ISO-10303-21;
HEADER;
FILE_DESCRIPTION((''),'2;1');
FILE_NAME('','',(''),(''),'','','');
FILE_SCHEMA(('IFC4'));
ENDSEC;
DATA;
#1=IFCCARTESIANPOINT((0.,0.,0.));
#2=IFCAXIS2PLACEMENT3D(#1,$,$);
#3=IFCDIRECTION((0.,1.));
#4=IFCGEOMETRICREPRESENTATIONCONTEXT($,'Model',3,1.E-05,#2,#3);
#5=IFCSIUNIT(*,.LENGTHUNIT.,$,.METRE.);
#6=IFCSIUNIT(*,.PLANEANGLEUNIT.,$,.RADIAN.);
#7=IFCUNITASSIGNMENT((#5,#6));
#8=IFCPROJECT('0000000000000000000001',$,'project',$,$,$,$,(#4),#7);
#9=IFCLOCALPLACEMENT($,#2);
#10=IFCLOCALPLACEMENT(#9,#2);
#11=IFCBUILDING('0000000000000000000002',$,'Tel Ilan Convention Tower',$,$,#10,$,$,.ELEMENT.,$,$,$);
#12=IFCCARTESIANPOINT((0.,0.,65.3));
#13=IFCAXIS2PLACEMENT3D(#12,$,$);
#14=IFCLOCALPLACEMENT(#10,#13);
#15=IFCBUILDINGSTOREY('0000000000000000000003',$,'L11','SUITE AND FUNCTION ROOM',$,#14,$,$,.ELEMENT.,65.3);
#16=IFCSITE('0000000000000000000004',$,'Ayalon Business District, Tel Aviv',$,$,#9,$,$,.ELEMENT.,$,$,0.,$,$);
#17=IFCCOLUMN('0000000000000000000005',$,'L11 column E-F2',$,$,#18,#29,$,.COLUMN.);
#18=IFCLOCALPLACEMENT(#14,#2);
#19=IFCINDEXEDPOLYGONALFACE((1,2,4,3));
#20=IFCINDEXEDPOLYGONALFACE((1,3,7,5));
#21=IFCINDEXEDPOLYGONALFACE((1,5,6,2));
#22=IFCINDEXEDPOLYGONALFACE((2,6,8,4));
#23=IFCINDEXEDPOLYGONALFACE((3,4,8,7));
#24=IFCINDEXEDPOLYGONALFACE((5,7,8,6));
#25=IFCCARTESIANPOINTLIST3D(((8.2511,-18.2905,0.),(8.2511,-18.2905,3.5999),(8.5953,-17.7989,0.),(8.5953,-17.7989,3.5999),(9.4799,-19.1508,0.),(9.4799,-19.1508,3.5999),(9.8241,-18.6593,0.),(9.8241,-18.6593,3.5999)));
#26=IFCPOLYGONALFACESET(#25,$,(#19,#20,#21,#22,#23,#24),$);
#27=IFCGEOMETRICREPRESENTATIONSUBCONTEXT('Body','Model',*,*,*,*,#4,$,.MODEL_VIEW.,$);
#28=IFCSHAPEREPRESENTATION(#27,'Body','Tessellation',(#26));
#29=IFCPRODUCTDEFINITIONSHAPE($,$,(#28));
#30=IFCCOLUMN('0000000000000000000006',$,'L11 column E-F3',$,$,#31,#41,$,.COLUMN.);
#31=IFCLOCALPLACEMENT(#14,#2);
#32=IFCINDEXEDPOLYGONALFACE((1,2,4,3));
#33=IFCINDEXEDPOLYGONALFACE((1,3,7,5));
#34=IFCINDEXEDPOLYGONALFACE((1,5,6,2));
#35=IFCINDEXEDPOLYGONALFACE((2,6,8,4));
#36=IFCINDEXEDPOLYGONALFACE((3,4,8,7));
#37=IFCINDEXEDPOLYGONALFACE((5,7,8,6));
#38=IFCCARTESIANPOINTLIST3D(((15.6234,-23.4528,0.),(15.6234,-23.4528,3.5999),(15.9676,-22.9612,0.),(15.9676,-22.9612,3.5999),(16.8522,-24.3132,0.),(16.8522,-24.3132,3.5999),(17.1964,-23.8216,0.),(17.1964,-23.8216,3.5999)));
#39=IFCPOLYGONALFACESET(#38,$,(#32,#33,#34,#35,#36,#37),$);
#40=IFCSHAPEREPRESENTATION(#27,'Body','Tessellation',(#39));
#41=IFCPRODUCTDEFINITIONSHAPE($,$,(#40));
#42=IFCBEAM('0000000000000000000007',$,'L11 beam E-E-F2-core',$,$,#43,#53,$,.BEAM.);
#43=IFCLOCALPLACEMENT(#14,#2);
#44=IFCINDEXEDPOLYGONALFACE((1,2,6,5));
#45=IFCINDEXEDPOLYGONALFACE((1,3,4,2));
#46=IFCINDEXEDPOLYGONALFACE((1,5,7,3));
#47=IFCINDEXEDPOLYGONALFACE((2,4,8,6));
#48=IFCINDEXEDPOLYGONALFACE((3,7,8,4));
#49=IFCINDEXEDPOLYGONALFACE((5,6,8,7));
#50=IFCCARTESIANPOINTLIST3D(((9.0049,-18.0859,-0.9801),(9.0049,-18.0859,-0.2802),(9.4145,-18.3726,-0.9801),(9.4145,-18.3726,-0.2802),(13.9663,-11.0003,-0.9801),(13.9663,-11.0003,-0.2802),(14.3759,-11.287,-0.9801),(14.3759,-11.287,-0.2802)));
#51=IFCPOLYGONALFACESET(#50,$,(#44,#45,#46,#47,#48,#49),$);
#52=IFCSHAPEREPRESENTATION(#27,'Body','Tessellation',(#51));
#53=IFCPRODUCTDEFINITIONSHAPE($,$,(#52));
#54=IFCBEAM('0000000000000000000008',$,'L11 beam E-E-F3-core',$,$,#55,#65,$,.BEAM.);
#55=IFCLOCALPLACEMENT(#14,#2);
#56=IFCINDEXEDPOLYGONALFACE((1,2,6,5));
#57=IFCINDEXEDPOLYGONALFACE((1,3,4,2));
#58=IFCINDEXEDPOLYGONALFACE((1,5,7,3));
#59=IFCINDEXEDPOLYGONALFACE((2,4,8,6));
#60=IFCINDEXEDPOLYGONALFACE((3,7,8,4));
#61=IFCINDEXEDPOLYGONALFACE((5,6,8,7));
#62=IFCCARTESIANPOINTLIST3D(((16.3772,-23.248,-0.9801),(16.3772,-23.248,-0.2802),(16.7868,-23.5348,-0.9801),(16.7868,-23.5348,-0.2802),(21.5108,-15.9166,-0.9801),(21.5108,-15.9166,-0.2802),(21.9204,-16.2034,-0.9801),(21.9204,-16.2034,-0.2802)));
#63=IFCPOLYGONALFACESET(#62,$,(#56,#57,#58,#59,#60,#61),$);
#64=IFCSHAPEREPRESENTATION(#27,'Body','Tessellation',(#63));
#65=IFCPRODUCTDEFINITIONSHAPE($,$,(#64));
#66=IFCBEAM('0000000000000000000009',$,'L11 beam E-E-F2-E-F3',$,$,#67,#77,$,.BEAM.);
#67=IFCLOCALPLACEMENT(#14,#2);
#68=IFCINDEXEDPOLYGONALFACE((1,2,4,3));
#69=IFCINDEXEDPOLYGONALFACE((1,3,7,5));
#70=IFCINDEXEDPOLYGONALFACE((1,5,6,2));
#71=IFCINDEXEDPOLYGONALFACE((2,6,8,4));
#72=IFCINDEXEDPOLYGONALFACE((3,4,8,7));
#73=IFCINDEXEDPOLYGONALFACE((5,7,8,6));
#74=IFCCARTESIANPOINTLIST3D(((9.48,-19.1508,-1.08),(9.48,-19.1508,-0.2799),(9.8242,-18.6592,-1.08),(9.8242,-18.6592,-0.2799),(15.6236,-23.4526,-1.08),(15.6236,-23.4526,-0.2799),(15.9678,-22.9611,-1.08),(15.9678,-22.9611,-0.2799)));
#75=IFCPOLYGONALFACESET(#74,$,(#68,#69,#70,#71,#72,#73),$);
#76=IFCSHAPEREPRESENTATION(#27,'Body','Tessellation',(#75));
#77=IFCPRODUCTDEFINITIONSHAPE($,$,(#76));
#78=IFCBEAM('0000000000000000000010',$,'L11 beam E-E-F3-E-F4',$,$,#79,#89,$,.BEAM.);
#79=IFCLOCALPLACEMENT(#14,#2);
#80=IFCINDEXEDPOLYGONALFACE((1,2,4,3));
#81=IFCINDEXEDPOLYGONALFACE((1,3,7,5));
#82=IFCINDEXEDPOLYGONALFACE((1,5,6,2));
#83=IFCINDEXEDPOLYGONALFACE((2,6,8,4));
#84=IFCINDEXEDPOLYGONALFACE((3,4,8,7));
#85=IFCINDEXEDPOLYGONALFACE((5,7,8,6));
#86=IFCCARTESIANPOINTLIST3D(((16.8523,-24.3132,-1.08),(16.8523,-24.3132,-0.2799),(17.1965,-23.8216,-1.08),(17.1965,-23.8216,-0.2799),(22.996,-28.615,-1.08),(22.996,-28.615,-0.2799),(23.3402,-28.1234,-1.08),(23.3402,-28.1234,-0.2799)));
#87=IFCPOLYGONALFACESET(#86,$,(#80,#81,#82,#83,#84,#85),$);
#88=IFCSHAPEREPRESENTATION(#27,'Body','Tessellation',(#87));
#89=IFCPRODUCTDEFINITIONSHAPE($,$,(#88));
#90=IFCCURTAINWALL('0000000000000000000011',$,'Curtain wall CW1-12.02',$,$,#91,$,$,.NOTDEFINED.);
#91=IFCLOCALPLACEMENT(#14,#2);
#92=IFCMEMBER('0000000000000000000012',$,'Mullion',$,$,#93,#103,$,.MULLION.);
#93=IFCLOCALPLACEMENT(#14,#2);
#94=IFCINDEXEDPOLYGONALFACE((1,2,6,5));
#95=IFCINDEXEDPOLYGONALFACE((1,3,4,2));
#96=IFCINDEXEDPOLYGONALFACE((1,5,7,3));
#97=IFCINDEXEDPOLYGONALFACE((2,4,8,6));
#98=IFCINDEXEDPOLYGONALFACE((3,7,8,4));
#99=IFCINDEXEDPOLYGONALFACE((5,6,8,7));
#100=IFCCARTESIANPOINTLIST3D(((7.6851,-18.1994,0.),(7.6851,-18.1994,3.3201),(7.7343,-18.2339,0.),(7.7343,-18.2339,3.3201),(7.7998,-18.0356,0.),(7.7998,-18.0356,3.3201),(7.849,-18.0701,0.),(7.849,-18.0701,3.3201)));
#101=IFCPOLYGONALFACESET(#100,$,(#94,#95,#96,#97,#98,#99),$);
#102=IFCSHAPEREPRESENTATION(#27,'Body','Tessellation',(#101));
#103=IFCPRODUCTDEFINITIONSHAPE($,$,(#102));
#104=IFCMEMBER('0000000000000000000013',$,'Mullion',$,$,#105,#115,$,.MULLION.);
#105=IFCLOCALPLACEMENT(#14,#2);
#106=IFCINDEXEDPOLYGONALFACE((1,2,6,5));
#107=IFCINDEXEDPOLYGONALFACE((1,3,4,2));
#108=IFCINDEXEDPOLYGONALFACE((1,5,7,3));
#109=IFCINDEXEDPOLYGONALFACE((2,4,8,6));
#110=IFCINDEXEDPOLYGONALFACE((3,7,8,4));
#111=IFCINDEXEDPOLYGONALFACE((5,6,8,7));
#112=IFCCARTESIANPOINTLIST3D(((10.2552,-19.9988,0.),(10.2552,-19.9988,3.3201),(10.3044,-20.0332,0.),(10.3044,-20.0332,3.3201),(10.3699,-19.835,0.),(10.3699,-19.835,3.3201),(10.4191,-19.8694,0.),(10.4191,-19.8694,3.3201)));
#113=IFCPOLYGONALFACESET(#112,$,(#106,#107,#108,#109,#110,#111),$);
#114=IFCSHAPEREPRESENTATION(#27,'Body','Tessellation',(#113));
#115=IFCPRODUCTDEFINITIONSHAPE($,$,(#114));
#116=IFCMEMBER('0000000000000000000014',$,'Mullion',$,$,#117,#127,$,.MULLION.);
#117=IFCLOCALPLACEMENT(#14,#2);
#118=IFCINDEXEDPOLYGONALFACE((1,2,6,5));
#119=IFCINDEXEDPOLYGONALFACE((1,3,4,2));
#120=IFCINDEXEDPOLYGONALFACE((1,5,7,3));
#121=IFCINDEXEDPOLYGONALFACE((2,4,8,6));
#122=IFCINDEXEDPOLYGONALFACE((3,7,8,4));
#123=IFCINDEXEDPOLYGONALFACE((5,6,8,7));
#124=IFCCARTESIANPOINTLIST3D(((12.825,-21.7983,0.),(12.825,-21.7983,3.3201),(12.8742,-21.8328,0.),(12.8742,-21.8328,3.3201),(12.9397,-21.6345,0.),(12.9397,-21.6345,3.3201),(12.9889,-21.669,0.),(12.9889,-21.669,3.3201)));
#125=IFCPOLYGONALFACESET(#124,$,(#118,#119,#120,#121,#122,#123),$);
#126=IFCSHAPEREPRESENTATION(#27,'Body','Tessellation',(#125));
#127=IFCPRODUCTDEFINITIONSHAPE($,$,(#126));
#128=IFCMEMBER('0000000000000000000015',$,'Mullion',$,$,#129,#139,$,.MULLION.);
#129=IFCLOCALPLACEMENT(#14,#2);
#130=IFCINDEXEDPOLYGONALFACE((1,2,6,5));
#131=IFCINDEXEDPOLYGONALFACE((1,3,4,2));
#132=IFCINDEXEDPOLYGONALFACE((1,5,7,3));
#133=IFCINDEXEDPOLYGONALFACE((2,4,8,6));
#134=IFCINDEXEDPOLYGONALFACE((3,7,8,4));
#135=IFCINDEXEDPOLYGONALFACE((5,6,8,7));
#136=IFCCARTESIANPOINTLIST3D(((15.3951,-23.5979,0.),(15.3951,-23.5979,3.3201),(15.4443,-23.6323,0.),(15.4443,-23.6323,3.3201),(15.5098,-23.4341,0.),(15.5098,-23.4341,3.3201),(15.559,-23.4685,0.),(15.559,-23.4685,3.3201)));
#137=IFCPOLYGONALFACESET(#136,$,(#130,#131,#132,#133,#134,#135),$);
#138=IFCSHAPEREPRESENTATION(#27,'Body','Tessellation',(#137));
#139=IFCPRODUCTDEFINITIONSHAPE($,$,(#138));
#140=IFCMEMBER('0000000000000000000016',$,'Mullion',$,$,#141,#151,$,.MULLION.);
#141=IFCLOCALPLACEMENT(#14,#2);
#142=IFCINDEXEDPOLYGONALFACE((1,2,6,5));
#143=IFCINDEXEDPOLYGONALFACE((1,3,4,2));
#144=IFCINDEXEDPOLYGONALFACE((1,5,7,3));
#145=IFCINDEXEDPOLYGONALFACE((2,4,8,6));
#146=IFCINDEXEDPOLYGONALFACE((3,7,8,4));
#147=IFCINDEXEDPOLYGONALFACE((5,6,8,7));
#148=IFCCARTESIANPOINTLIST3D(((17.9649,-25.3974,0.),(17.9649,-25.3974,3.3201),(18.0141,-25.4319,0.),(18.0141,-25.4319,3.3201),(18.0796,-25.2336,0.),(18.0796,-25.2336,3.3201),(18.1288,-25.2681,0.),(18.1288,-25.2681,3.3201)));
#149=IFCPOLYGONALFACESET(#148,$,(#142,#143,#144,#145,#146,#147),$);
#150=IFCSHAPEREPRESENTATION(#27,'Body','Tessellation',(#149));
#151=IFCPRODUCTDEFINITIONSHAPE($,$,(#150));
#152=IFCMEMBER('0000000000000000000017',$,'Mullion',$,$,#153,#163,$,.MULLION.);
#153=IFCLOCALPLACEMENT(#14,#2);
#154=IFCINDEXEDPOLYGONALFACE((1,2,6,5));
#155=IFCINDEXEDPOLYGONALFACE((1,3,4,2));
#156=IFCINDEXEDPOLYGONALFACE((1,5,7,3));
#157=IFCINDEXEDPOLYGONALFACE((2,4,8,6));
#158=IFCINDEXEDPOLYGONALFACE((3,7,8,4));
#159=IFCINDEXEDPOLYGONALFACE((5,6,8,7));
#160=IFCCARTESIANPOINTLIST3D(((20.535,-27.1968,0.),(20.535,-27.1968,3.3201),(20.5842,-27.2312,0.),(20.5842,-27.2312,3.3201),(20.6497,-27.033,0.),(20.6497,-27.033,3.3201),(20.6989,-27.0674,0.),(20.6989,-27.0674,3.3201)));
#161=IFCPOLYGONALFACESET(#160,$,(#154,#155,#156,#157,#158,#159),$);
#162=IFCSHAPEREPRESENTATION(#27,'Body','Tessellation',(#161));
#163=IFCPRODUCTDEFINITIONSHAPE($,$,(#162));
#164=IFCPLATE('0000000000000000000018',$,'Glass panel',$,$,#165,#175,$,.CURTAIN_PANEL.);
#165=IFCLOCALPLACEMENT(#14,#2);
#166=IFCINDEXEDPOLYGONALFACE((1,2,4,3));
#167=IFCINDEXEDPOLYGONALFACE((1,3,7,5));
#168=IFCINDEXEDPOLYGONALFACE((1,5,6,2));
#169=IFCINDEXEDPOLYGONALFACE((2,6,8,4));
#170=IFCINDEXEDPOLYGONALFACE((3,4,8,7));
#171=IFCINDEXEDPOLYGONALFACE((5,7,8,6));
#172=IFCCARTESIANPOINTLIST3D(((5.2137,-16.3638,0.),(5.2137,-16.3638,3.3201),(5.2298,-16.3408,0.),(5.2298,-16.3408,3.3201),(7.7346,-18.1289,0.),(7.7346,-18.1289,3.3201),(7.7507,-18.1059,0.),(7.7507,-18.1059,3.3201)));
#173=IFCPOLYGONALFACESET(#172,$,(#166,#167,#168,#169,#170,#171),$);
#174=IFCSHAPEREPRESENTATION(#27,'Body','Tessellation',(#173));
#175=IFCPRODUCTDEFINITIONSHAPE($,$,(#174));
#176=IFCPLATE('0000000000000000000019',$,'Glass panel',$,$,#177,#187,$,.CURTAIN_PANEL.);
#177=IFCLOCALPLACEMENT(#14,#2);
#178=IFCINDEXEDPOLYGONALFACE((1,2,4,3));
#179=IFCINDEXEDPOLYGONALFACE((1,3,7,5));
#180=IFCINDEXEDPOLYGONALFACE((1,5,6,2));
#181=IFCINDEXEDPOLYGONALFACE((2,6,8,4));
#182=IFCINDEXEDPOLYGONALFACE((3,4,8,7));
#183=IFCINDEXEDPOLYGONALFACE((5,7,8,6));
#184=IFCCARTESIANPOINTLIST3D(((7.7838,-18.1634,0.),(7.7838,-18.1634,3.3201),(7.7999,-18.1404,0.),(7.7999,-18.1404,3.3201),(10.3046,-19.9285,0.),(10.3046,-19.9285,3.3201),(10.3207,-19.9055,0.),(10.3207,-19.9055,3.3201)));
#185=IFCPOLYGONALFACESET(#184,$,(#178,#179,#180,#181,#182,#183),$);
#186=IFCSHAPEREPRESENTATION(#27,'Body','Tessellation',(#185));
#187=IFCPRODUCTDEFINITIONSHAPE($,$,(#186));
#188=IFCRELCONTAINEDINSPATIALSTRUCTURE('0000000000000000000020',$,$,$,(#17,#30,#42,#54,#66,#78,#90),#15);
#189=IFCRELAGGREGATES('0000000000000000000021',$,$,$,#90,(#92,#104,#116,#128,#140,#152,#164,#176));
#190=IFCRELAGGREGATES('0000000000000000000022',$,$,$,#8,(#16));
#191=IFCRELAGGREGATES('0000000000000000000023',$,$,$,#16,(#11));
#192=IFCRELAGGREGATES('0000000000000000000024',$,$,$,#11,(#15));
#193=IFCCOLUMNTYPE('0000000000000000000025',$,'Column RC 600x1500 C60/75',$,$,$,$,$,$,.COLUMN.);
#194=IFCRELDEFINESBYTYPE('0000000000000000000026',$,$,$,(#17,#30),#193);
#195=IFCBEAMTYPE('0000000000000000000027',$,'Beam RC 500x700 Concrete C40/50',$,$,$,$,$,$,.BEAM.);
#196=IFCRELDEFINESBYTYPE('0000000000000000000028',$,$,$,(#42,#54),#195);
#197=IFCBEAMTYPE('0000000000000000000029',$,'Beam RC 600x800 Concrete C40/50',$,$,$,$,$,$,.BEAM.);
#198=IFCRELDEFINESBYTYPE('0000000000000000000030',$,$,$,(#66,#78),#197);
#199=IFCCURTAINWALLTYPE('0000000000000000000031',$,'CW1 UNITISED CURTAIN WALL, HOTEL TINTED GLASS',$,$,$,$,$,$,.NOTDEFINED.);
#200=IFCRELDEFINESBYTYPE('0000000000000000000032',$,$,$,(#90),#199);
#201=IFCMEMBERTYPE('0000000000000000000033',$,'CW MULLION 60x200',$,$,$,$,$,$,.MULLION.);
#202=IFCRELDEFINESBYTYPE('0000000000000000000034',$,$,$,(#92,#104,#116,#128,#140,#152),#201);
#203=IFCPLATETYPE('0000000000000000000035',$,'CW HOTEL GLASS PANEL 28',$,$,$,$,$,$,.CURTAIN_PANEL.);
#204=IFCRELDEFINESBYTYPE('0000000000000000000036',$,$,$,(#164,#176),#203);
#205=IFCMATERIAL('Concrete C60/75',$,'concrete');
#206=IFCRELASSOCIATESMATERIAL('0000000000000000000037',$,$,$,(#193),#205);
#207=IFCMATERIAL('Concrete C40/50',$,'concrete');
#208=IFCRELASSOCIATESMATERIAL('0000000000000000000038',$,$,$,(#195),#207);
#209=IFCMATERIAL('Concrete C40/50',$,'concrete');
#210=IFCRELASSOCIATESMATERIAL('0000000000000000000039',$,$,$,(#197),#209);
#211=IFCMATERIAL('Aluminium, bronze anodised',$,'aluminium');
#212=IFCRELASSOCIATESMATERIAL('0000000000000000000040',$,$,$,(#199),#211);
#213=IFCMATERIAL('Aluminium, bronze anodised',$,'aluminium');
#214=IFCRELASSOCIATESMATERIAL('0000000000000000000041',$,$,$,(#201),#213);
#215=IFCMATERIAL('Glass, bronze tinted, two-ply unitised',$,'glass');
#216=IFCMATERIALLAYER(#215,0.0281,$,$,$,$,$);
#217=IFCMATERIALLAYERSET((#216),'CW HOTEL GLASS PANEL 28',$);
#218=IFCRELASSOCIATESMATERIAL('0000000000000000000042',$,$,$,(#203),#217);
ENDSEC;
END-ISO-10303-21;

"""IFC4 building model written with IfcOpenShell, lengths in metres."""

from ifc_helpers import new_model, si_unit, direction, frame, origin, origin_2d, place, context, subcontext, project, spatial, rectangle, extrude, material, layer, layer_set, material_profile, profile_set, type_object, element, aggregate, save


model = new_model("IFC4")

# Units and contexts
model_context = context("Model", 3, precision=1e-05, world=origin(), true_north=direction((0.0, 1.0)))
body_context = subcontext(model_context, "Body", "Model", "MODEL_VIEW")
ifc_project = project(units=[si_unit("LENGTHUNIT", "METRE"), si_unit("PLANEANGLEUNIT", "RADIAN")], contexts=[model_context])

# Site, building, storey
site_placement = place(None, origin())
site = spatial("IfcSite", under=ifc_project, at=site_placement, Name="Ayalon Business District, Tel Aviv", CompositionType="ELEMENT", RefElevation=0.0)
building_placement = place(site_placement, origin())
building = spatial("IfcBuilding", under=site, at=building_placement, Name="Tel Ilan Convention Tower", CompositionType="ELEMENT")
storey_placement = place(building_placement, frame((0.0, 0.0, 65.3)))
storey = spatial("IfcBuildingStorey", under=building, at=storey_placement, Name="L11", Description="SUITE AND FUNCTION ROOM", CompositionType="ELEMENT", Elevation=65.3)

# Columns
ifc_material_1 = material(Name="Concrete C60/75", Category="concrete")
ifc_material_profile_1 = material_profile(ifc_material_1, rectangle(XDim=1.5, YDim=0.6001, at=origin_2d()), Name="RC 600x1500")
ifc_profile_set_1 = profile_set([ifc_material_profile_1], Name="Concrete C60/75")
column_type = type_object("IfcColumnType", Name="Column RC 600x1500 C60/75", PredefinedType="COLUMN", material=ifc_profile_set_1)
for number, where, z_axis, x_axis, name in (
    (1, (9.0376, -18.4749, 0.0), (0.0, 0.0, 1.0), (0.819152, -0.573576, 0.0), "L11 column E-F2"),
    (2, (16.4099, -23.6372, 0.0), (0.0, 0.0, 1.0), (0.819152, -0.573576, 0.0), "L11 column E-F3"),
):
    element("IfcColumn", number, at=place(storey_placement, frame(where, z_axis=z_axis, x_axis=x_axis)), inside=storey, type_object=column_type, Name=name, PredefinedType="COLUMN", context=body_context, shape_type="SweptSolid", body=[
        extrude(rectangle(XDim=1.5, YDim=0.6001, at=origin_2d()), origin(), (0.0, 0.0, 1.0), 3.5999),
    ])

# Beams
ifc_material_2 = material(Name="Concrete C40/50", Category="concrete")
ifc_material_profile_2 = material_profile(ifc_material_2, rectangle(XDim=0.5, YDim=0.7, at=origin_2d()), Name="RC 500x700")
ifc_profile_set_2 = profile_set([ifc_material_profile_2], Name="Concrete C40/50")
beam_type_1 = type_object("IfcBeamType", Name="Beam RC 500x700 Concrete C40/50", PredefinedType="BEAM", material=ifc_profile_set_2)
beam_1_placement = place(storey_placement, frame((9.2097, -18.2292, -0.6301), z_axis=(0.573574, 0.819154, 0.0), x_axis=(-0.819154, 0.573574, 0.0)))
element("IfcBeam", 3, at=beam_1_placement, inside=storey, type_object=beam_type_1, Name="L11 beam E-E-F2-core", PredefinedType="BEAM", context=body_context, shape_type="SweptSolid", body=[
    extrude(rectangle(XDim=0.5, YDim=0.7, at=origin_2d()), origin(), (0.0, 0.0, 1.0), 8.6499),
])
beam_2_placement = place(storey_placement, frame((16.582, -23.3914, -0.6301), z_axis=(0.573585, 0.819146, 0.0), x_axis=(-0.819146, 0.573585, 0.0)))
element("IfcBeam", 4, at=beam_2_placement, inside=storey, type_object=beam_type_1, Name="L11 beam E-E-F3-core", PredefinedType="BEAM", context=body_context, shape_type="SweptSolid", body=[
    extrude(rectangle(XDim=0.5, YDim=0.7, at=origin_2d()), origin(), (0.0, 0.0, 1.0), 8.95),
])
ifc_material_3 = material(Name="Concrete C40/50", Category="concrete")
ifc_material_profile_3 = material_profile(ifc_material_3, rectangle(XDim=0.6001, YDim=0.8, at=origin_2d()), Name="RC 600x800")
ifc_profile_set_3 = profile_set([ifc_material_profile_3], Name="Concrete C40/50")
beam_type_2 = type_object("IfcBeamType", Name="Beam RC 600x800 Concrete C40/50", PredefinedType="BEAM", material=ifc_profile_set_3)
for number, where, z_axis, x_axis, name in (
    (5, (9.6521, -18.905, -0.6799), (0.819152, -0.573576, 0.0), (0.573576, 0.819152, 0.0), "L11 beam E-E-F2-E-F3"),
    (6, (17.0244, -24.0674, -0.6799), (0.819152, -0.573576, 0.0), (0.573576, 0.819152, 0.0), "L11 beam E-E-F3-E-F4"),
):
    element("IfcBeam", number, at=place(storey_placement, frame(where, z_axis=z_axis, x_axis=x_axis)), inside=storey, type_object=beam_type_2, Name=name, PredefinedType="BEAM", context=body_context, shape_type="SweptSolid", body=[
        extrude(rectangle(XDim=0.6001, YDim=0.8, at=origin_2d()), origin(), (0.0, 0.0, 1.0), 7.5),
    ])

# Curtain wall, members, plates
ifc_material_4 = material(Name="Aluminium, bronze anodised", Category="aluminium")
curtain_wall_type = type_object("IfcCurtainWallType", Name="CW1 UNITISED CURTAIN WALL, HOTEL TINTED GLASS", PredefinedType="NOTDEFINED", material=ifc_material_4)
curtain_wall_placement = place(storey_placement, origin())
curtain_wall = element("IfcCurtainWall", 7, at=curtain_wall_placement, inside=storey, type_object=curtain_wall_type, Name="Curtain wall CW1-12.02", PredefinedType="NOTDEFINED")
ifc_material_5 = material(Name="Aluminium, bronze anodised", Category="aluminium")
ifc_material_profile_4 = material_profile(ifc_material_5, rectangle(XDim=0.0601, YDim=0.2, at=origin_2d()), Name="CW MULLION 60x200")
ifc_profile_set_4 = profile_set([ifc_material_profile_4], Name="Aluminium, bronze anodised")
member_type = type_object("IfcMemberType", Name="CW MULLION 60x200", PredefinedType="MULLION", material=ifc_profile_set_4)
member_1_placement = place(storey_placement, frame((7.7671, -18.1348, 0.0), z_axis=(0.0, 0.0, 1.0), x_axis=(0.819152, -0.573576, 0.0)))
member_1 = element("IfcMember", 8, at=member_1_placement, type_object=member_type, Name="Mullion", PredefinedType="MULLION", context=body_context, shape_type="SweptSolid", body=[
    extrude(rectangle(XDim=0.0601, YDim=0.2, at=origin_2d()), origin(), (0.0, 0.0, 1.0), 3.3201),
])
member_2_placement = place(storey_placement, frame((10.3372, -19.9341, 0.0), z_axis=(0.0, 0.0, 1.0), x_axis=(0.819152, -0.573576, 0.0)))
member_2 = element("IfcMember", 9, at=member_2_placement, type_object=member_type, Name="Mullion", PredefinedType="MULLION", context=body_context, shape_type="SweptSolid", body=[
    extrude(rectangle(XDim=0.0601, YDim=0.2, at=origin_2d()), origin(), (0.0, 0.0, 1.0), 3.3201),
])
member_3_placement = place(storey_placement, frame((12.907, -21.7336, 0.0), z_axis=(0.0, 0.0, 1.0), x_axis=(0.819152, -0.573576, 0.0)))
member_3 = element("IfcMember", 10, at=member_3_placement, type_object=member_type, Name="Mullion", PredefinedType="MULLION", context=body_context, shape_type="SweptSolid", body=[
    extrude(rectangle(XDim=0.0601, YDim=0.2, at=origin_2d()), origin(), (0.0, 0.0, 1.0), 3.3201),
])
member_4_placement = place(storey_placement, frame((15.4771, -23.5332, 0.0), z_axis=(0.0, 0.0, 1.0), x_axis=(0.819152, -0.573576, 0.0)))
member_4 = element("IfcMember", 11, at=member_4_placement, type_object=member_type, Name="Mullion", PredefinedType="MULLION", context=body_context, shape_type="SweptSolid", body=[
    extrude(rectangle(XDim=0.0601, YDim=0.2, at=origin_2d()), origin(), (0.0, 0.0, 1.0), 3.3201),
])
member_5_placement = place(storey_placement, frame((18.0469, -25.3328, 0.0), z_axis=(0.0, 0.0, 1.0), x_axis=(0.819152, -0.573576, 0.0)))
member_5 = element("IfcMember", 12, at=member_5_placement, type_object=member_type, Name="Mullion", PredefinedType="MULLION", context=body_context, shape_type="SweptSolid", body=[
    extrude(rectangle(XDim=0.0601, YDim=0.2, at=origin_2d()), origin(), (0.0, 0.0, 1.0), 3.3201),
])
member_6_placement = place(storey_placement, frame((20.6169, -27.1321, 0.0), z_axis=(0.0, 0.0, 1.0), x_axis=(0.819152, -0.573576, 0.0)))
member_6 = element("IfcMember", 13, at=member_6_placement, type_object=member_type, Name="Mullion", PredefinedType="MULLION", context=body_context, shape_type="SweptSolid", body=[
    extrude(rectangle(XDim=0.0601, YDim=0.2, at=origin_2d()), origin(), (0.0, 0.0, 1.0), 3.3201),
])
ifc_material_6 = material(Name="Glass, bronze tinted, two-ply unitised", Category="glass")
ifc_layer_1 = layer(ifc_material_6, 0.0281)
ifc_layer_set_1 = layer_set([ifc_layer_1], Name="CW HOTEL GLASS PANEL 28")
plate_type = type_object("IfcPlateType", Name="CW HOTEL GLASS PANEL 28", PredefinedType="CURTAIN_PANEL", material=ifc_layer_set_1)
plate_1_placement = place(storey_placement, frame((6.4822, -17.2349, 0.0), z_axis=(0.0, 0.0, 1.0), x_axis=(0.819152, -0.573576, 0.0)))
plate_1 = element("IfcPlate", 14, at=plate_1_placement, type_object=plate_type, Name="Glass panel", PredefinedType="CURTAIN_PANEL", context=body_context, shape_type="SweptSolid", body=[
    extrude(rectangle(XDim=3.0774, YDim=0.0281, at=origin_2d()), origin(), (0.0, 0.0, 1.0), 3.3201),
])
plate_2_placement = place(storey_placement, frame((9.0522, -19.0344, 0.0), z_axis=(0.0, 0.0, 1.0), x_axis=(0.819152, -0.573576, 0.0)))
plate_2 = element("IfcPlate", 15, at=plate_2_placement, type_object=plate_type, Name="Glass panel", PredefinedType="CURTAIN_PANEL", context=body_context, shape_type="SweptSolid", body=[
    extrude(rectangle(XDim=3.0774, YDim=0.0281, at=origin_2d()), origin(), (0.0, 0.0, 1.0), 3.3201),
])
aggregate(curtain_wall, [member_1, member_2, member_3, member_4, member_5, member_6, plate_1, plate_2])

save(model, "model.ifc")
